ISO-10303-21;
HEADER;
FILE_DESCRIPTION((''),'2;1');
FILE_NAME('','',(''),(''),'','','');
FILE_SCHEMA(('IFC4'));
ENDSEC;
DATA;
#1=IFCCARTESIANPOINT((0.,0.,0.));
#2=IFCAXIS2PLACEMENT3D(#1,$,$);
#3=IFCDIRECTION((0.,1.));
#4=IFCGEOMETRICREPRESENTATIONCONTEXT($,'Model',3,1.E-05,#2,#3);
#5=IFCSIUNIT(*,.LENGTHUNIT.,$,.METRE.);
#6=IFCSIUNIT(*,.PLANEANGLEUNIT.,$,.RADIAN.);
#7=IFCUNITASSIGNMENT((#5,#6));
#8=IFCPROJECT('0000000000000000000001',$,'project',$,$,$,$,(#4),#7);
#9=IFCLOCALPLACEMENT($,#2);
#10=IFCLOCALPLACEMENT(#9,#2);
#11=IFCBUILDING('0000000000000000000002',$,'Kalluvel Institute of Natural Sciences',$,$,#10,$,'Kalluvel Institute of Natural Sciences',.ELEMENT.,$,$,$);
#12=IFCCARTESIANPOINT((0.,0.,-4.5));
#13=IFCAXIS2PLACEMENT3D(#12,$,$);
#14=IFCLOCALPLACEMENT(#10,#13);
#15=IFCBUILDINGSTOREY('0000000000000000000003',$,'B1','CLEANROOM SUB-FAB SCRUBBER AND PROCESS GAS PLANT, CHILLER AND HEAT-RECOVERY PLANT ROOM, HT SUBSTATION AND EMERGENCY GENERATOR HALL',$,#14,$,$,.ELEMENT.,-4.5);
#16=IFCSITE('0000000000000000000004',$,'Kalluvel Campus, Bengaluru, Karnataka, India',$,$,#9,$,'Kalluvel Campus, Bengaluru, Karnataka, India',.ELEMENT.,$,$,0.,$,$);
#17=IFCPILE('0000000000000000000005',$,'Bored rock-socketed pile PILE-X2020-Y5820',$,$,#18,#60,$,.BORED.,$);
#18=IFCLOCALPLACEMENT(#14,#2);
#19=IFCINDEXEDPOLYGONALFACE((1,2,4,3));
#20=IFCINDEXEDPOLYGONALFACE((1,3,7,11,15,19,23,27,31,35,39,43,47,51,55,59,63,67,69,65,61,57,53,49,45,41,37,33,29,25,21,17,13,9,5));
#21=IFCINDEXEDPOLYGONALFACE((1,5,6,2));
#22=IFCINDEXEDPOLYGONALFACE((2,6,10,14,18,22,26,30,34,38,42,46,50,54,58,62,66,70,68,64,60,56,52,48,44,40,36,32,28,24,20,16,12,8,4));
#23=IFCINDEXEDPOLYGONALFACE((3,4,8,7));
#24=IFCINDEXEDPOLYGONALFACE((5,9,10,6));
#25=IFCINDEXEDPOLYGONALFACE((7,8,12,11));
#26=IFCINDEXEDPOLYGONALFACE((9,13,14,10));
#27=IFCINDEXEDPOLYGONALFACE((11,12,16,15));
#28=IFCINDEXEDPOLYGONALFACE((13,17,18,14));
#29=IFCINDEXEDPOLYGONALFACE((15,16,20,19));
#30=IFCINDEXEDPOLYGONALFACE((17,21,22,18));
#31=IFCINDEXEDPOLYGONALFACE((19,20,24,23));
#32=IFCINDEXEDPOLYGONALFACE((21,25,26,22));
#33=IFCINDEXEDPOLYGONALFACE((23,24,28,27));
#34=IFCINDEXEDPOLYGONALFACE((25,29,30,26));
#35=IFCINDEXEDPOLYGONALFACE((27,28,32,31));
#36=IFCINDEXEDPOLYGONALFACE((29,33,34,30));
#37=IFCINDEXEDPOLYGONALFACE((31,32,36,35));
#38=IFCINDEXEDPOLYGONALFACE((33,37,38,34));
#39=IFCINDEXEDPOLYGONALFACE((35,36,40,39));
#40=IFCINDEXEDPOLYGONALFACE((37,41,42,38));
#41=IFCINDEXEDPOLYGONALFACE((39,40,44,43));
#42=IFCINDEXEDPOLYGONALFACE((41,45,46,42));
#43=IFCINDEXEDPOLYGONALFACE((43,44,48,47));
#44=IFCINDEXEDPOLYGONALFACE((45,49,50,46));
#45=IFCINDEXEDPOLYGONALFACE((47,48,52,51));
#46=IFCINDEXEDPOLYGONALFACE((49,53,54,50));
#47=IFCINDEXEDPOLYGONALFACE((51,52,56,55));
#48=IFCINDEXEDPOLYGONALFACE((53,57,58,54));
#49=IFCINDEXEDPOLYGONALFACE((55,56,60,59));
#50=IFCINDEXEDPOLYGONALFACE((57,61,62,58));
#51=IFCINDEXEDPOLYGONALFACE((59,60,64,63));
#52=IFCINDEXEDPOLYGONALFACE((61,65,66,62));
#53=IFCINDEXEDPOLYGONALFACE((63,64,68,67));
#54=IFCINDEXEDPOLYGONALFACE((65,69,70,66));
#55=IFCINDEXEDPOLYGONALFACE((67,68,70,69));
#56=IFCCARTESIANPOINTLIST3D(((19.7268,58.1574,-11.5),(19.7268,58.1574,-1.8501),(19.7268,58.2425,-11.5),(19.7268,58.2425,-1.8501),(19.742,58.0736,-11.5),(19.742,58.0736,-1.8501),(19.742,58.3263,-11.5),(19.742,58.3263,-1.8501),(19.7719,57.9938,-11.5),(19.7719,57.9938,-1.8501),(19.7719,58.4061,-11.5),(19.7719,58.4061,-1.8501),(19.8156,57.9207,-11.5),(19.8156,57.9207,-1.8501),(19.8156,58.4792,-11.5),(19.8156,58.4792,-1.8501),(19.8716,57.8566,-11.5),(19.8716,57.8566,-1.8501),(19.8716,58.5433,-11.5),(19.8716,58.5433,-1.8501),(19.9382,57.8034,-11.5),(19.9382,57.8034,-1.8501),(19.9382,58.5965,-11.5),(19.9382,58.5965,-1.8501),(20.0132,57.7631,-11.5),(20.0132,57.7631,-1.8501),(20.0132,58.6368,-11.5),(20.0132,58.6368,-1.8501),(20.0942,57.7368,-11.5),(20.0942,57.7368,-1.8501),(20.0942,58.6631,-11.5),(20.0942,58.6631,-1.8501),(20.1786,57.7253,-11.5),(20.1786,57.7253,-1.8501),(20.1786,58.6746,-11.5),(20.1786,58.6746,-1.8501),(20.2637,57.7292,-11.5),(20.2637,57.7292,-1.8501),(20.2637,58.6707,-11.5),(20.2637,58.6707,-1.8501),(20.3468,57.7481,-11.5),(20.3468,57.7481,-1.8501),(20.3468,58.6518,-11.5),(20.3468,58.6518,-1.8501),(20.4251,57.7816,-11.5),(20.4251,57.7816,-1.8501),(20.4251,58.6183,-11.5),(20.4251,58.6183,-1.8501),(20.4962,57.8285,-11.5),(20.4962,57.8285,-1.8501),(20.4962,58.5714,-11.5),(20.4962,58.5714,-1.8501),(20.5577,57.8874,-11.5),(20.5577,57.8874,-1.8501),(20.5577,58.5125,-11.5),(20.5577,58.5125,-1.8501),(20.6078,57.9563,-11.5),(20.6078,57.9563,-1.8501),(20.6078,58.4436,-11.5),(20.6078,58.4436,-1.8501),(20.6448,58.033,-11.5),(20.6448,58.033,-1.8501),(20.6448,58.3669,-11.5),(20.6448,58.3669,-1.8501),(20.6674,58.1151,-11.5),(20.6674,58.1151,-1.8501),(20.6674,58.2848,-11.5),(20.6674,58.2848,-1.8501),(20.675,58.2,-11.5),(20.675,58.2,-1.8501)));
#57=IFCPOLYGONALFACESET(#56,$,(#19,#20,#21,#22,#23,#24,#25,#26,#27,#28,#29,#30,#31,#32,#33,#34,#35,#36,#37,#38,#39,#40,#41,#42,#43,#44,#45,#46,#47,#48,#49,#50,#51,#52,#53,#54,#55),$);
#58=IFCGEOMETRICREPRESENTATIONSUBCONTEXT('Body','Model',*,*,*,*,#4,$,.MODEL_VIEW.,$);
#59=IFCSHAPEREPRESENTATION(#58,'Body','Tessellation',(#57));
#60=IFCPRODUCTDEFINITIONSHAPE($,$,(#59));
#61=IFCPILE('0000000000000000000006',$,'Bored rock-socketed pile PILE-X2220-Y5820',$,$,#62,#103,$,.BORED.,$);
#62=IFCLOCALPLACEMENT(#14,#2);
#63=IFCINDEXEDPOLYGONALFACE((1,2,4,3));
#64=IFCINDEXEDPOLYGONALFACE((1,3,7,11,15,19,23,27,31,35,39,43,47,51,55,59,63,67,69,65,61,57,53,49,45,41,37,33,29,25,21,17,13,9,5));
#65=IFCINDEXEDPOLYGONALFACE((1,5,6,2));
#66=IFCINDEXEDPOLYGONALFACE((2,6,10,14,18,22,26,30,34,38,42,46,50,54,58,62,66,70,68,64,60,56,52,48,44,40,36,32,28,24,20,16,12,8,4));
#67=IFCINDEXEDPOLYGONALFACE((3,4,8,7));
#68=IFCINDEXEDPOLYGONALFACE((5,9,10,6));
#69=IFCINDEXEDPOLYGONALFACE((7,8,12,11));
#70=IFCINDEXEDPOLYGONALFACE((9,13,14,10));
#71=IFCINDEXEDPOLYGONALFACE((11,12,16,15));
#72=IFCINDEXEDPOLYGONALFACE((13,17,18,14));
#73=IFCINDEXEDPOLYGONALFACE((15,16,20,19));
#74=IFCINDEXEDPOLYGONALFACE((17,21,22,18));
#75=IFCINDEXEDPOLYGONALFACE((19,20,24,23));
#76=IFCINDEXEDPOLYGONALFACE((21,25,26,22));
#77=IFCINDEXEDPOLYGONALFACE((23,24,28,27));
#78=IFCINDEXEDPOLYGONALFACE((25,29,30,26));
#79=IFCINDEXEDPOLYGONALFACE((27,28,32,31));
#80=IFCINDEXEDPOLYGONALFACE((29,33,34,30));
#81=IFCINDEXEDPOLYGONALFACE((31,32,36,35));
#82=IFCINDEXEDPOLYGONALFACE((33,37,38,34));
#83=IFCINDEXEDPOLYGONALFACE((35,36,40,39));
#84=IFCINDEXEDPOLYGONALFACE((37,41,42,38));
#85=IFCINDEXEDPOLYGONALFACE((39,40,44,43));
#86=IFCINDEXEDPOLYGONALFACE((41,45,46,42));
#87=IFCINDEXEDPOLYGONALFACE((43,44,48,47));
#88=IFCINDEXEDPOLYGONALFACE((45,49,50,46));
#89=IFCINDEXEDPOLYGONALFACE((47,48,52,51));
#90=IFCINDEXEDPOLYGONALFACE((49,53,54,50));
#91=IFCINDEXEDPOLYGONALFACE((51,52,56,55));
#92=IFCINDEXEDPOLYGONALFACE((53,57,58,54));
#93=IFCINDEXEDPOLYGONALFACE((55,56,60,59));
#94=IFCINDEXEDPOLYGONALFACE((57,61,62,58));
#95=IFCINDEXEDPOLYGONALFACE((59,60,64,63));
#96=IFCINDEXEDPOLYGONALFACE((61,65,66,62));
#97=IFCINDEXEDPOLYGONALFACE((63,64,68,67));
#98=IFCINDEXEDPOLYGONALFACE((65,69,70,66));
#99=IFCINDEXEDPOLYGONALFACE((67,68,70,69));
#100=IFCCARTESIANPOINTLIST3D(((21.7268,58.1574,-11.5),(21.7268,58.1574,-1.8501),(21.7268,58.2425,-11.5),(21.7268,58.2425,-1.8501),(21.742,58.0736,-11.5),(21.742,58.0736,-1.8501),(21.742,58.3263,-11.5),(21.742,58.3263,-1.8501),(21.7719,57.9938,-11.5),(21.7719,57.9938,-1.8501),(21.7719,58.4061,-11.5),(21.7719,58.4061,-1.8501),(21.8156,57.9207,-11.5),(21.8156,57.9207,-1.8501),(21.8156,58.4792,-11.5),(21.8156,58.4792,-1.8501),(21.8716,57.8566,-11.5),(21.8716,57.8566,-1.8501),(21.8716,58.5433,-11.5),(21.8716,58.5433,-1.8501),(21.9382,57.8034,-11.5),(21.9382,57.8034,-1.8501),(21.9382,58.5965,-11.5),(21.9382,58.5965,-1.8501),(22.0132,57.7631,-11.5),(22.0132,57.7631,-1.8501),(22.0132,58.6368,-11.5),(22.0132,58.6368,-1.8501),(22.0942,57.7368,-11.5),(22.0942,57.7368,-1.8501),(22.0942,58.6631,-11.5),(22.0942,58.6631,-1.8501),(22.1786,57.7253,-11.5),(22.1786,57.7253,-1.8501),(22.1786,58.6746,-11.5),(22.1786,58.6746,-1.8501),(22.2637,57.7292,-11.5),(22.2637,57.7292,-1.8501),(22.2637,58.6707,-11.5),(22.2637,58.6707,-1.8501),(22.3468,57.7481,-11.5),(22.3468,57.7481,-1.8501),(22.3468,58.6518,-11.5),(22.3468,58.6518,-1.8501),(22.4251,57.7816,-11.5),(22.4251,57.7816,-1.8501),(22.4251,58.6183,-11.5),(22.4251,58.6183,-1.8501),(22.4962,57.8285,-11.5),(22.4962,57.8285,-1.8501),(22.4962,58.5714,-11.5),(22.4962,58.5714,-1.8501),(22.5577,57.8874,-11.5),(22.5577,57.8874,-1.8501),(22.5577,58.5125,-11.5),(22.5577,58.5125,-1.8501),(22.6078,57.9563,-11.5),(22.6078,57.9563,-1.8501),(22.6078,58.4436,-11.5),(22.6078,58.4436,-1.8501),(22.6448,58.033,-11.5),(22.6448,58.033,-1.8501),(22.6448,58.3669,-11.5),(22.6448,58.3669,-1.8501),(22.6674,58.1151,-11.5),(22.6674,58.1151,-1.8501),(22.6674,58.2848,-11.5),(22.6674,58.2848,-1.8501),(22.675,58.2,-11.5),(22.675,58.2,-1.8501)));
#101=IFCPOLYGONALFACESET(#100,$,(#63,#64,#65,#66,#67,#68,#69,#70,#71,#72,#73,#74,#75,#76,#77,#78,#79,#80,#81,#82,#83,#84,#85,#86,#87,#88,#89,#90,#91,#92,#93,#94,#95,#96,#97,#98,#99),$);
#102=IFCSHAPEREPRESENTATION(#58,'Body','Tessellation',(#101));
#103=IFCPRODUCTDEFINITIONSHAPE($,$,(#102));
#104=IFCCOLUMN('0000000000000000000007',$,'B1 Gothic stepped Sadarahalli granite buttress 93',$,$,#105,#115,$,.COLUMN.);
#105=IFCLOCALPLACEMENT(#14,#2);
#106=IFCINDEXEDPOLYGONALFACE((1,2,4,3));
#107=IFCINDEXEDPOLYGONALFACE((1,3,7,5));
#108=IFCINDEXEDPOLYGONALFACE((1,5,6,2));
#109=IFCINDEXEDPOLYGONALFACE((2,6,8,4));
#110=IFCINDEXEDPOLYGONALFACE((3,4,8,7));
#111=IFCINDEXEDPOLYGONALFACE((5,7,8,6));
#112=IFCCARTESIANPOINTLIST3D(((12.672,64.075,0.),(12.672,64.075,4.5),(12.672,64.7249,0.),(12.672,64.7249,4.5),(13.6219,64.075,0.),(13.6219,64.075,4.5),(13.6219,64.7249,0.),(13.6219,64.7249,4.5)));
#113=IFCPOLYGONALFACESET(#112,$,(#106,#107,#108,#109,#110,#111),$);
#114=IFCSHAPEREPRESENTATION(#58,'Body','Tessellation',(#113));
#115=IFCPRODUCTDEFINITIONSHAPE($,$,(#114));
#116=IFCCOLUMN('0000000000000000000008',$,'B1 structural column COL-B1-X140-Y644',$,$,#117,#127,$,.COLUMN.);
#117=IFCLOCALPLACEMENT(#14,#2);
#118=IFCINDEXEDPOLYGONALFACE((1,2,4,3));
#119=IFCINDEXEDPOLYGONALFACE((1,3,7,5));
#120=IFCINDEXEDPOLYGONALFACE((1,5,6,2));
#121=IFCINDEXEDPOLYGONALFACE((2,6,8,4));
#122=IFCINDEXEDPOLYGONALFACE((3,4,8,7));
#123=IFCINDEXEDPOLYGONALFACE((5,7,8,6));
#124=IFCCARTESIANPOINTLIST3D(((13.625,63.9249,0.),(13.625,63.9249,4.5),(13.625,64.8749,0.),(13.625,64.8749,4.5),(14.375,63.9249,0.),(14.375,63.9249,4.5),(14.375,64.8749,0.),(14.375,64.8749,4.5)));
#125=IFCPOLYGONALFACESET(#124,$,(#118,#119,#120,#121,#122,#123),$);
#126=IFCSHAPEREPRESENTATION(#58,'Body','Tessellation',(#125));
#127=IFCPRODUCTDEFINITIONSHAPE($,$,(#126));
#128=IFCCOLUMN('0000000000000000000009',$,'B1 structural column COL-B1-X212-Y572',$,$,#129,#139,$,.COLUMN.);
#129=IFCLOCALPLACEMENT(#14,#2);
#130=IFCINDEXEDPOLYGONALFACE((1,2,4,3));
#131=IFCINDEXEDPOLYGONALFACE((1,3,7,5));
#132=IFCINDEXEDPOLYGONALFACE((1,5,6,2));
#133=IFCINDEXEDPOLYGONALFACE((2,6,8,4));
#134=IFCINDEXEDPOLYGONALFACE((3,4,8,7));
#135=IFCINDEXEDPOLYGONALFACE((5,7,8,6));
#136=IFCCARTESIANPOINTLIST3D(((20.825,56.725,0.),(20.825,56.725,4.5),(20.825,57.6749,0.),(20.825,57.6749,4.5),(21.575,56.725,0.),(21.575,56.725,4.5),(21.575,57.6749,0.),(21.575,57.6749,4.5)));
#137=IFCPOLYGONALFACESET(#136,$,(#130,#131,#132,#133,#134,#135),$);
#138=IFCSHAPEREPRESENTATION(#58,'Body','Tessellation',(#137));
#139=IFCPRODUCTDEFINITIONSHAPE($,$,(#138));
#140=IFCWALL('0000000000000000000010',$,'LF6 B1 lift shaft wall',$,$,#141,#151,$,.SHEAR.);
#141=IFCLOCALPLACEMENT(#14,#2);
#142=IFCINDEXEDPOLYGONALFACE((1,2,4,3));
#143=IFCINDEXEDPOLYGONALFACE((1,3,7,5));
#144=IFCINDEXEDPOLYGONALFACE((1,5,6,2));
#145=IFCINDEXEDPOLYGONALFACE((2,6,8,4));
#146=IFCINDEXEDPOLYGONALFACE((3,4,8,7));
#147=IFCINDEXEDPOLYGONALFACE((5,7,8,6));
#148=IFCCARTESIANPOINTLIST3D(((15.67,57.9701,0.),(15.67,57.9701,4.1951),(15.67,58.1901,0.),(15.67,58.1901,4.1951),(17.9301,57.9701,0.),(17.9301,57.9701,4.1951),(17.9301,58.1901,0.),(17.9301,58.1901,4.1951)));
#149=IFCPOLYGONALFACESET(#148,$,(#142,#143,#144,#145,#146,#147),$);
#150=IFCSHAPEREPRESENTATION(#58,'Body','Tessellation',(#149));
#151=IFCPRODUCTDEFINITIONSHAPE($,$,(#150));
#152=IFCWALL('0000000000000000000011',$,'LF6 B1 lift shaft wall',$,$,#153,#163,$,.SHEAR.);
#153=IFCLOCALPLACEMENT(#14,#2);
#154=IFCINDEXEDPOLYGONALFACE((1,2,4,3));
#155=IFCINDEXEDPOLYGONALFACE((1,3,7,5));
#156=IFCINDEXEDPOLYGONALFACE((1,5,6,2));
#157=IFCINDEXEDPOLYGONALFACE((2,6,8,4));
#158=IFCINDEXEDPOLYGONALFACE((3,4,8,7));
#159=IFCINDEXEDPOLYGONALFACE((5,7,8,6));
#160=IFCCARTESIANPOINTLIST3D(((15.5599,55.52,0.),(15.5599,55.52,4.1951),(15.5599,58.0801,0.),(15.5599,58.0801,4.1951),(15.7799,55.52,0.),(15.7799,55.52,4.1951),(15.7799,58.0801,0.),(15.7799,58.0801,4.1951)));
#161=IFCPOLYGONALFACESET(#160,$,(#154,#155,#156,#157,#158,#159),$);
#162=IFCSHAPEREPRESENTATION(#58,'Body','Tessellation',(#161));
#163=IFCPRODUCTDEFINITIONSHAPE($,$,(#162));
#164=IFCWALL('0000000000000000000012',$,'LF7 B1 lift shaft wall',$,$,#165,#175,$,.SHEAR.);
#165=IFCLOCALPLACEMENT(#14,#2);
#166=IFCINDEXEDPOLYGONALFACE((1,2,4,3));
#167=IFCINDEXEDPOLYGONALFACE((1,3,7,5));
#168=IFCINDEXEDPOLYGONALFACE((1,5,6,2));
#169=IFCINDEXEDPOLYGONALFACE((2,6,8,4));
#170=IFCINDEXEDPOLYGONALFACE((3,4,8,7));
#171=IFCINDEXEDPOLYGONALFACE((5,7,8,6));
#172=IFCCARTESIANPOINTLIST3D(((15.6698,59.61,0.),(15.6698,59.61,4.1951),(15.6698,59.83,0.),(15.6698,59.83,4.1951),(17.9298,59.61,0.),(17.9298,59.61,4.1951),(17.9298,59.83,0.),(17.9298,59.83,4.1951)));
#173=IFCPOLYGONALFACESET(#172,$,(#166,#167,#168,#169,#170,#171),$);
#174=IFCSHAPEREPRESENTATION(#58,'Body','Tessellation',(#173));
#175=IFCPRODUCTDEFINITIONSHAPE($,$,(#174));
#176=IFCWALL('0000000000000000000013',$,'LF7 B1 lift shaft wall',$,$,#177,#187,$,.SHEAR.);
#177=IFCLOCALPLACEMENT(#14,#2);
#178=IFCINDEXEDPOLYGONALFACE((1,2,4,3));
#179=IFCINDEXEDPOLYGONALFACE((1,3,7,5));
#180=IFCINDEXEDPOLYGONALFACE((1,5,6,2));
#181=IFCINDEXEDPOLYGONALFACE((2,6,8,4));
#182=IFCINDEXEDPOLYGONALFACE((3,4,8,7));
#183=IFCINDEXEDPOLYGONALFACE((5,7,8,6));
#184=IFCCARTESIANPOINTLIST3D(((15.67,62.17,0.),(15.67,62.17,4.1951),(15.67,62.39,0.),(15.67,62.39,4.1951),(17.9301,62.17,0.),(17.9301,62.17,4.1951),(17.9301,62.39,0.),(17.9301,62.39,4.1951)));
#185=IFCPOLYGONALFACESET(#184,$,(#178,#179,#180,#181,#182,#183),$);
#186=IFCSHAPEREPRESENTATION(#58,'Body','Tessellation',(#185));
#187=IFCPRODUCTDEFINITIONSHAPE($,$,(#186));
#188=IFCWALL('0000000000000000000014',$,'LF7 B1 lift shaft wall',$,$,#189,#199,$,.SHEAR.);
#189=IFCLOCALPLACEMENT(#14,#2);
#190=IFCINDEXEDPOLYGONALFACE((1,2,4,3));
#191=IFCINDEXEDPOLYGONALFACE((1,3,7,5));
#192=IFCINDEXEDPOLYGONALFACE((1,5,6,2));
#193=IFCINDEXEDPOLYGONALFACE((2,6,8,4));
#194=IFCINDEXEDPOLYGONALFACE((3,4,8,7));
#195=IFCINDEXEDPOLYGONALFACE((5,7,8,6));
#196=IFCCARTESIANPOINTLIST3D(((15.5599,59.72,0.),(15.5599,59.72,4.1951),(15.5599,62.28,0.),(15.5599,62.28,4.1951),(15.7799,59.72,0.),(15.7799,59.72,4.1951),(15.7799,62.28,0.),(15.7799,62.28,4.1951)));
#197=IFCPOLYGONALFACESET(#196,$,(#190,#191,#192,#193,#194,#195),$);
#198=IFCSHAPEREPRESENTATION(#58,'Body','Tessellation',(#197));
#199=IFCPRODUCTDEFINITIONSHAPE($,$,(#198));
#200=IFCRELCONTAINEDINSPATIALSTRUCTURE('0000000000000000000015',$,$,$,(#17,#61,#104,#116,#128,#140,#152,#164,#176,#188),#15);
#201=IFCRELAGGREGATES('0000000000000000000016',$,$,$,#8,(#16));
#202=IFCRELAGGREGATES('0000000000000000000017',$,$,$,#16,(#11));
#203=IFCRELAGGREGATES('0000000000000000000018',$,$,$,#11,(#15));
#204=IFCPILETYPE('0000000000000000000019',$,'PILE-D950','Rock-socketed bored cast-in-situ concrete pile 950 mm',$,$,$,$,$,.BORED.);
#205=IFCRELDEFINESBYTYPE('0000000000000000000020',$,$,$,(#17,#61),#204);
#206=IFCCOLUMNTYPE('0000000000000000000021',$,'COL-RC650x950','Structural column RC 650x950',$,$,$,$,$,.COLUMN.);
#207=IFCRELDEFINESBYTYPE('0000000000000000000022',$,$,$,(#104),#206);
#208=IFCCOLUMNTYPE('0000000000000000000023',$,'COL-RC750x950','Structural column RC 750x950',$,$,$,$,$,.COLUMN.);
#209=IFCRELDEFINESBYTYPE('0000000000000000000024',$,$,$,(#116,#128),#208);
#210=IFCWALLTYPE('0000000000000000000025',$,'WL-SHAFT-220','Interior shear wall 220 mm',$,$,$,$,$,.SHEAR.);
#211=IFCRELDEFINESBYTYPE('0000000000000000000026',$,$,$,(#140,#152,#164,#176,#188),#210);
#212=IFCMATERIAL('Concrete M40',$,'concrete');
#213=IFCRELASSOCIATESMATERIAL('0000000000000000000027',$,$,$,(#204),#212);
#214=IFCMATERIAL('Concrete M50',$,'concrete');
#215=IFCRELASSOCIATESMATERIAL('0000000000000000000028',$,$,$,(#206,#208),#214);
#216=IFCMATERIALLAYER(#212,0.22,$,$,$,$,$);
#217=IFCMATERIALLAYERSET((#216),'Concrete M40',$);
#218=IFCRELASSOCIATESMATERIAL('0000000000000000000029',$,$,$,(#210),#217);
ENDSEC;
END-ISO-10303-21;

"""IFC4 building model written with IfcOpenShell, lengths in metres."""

from ifc_helpers import new_model, si_unit, direction, frame, frame_2d, origin, origin_2d, place, context, subcontext, project, spatial, rectangle, circle, extrude, material, layer, layer_set, material_profile, profile_set, type_object, element, save


model = new_model("IFC4")

# Units and contexts
model_context = context("Model", 3, precision=1e-05, world=origin(), true_north=direction((0.0, 1.0)))
body_context = subcontext(model_context, "Body", "Model", "MODEL_VIEW")
ifc_project = project(units=[si_unit("LENGTHUNIT", "METRE"), si_unit("PLANEANGLEUNIT", "RADIAN")], contexts=[model_context])

# Site, building, storey
site_placement = place(None, origin())
site = spatial("IfcSite", under=ifc_project, at=site_placement, Name="Kalluvel Campus, Bengaluru, Karnataka, India", LongName="Kalluvel Campus, Bengaluru, Karnataka, India", CompositionType="ELEMENT", RefElevation=0.0)
building_placement = place(site_placement, origin())
building = spatial("IfcBuilding", under=site, at=building_placement, Name="Kalluvel Institute of Natural Sciences", LongName="Kalluvel Institute of Natural Sciences", CompositionType="ELEMENT")
storey_placement = place(building_placement, frame((0.0, 0.0, -4.5)))
storey = spatial("IfcBuildingStorey", under=building, at=storey_placement, Name="B1", Description="CLEANROOM SUB-FAB SCRUBBER AND PROCESS GAS PLANT, CHILLER AND HEAT-RECOVERY PLANT ROOM, HT SUBSTATION AND EMERGENCY GENERATOR HALL", CompositionType="ELEMENT", Elevation=-4.5)

# Shared definitions
ifc_material_1 = material(Name="Concrete M40", Category="concrete")

# Piles
ifc_material_profile_1 = material_profile(ifc_material_1, circle(Radius=0.4751, at=origin_2d()), Name="PILE D950")
ifc_profile_set_1 = profile_set([ifc_material_profile_1], Name="Concrete M40")
pile_type_1 = type_object("IfcPileType", Name="PILE-D950", Description="Rock-socketed bored cast-in-situ concrete pile 950 mm", PredefinedType="BORED", material=ifc_profile_set_1)
for number, where, z_axis, x_axis, name in (
    (1, (20.2, 58.2, -1.8501), (0.0, 0.0, -1.0), (1.0, 0.0, 0.0), "Bored rock-socketed pile PILE-X2020-Y5820"),
    (2, (22.2, 58.2, -1.8501), (0.0, 0.0, -1.0), (1.0, 0.0, 0.0), "Bored rock-socketed pile PILE-X2220-Y5820"),
):
    element("IfcPile", number, at=place(storey_placement, frame(where, z_axis=z_axis, x_axis=x_axis)), inside=storey, type_object=pile_type_1, Name=name, PredefinedType="BORED", context=body_context, shape_type="SweptSolid", body=[
        extrude(circle(Radius=0.4751, at=origin_2d()), origin(), (0.0, 0.0, 1.0), 9.6499),
    ])

# Columns
ifc_material_2 = material(Name="Concrete M50", Category="concrete")
ifc_material_profile_2 = material_profile(ifc_material_2, rectangle(XDim=0.6499, YDim=0.95, at=origin_2d()), Name="RC 650x950")
ifc_profile_set_2 = profile_set([ifc_material_profile_2], Name="Concrete M50")
column_type_1 = type_object("IfcColumnType", Name="COL-RC650x950", Description="Structural column RC 650x950", PredefinedType="COLUMN", material=ifc_profile_set_2)
column_placement = place(storey_placement, frame((13.147, 64.3999, 0.0), z_axis=(0.0, 0.0, 1.0), x_axis=(0.0, 1.0, 0.0)))
element("IfcColumn", 3, at=column_placement, inside=storey, type_object=column_type_1, Name="B1 Gothic stepped Sadarahalli granite buttress 93", PredefinedType="COLUMN", context=body_context, shape_type="SweptSolid", body=[
    extrude(rectangle(XDim=0.6499, YDim=0.95, at=origin_2d()), origin(), (0.0, 0.0, 1.0), 4.5),
])
ifc_material_profile_3 = material_profile(ifc_material_2, rectangle(XDim=0.75, YDim=0.95, at=origin_2d()), Name="RC 750x950")
ifc_profile_set_3 = profile_set([ifc_material_profile_3], Name="Concrete M50")
column_type_2 = type_object("IfcColumnType", Name="COL-RC750x950", Description="Structural column RC 750x950", PredefinedType="COLUMN", material=ifc_profile_set_3)
for number, where, z_axis, x_axis, name in (
    (4, (14.0, 64.3999, 0.0), (0.0, 0.0, 1.0), (1.0, 0.0, 0.0), "B1 structural column COL-B1-X140-Y644"),
    (5, (21.2, 57.2, 0.0), (0.0, 0.0, 1.0), (1.0, 0.0, 0.0), "B1 structural column COL-B1-X212-Y572"),
):
    element("IfcColumn", number, at=place(storey_placement, frame(where, z_axis=z_axis, x_axis=x_axis)), inside=storey, type_object=column_type_2, Name=name, PredefinedType="COLUMN", context=body_context, shape_type="SweptSolid", body=[
        extrude(rectangle(XDim=0.75, YDim=0.95, at=origin_2d()), origin(), (0.0, 0.0, 1.0), 4.5),
    ])

# Walls
ifc_layer = layer(ifc_material_1, 0.22)
ifc_layer_set = layer_set([ifc_layer], Name="Concrete M40")
wall_type = type_object("IfcWallType", Name="WL-SHAFT-220", Description="Interior shear wall 220 mm", PredefinedType="SHEAR", material=ifc_layer_set)
wall_1_placement = place(storey_placement, frame((17.9299, 58.0801, 0.0), z_axis=(0.0, 0.0, 1.0), x_axis=(-1.0, 0.0, 0.0)))
element("IfcWall", 6, at=wall_1_placement, inside=storey, type_object=wall_type, Name="LF6 B1 lift shaft wall", PredefinedType="SHEAR", context=body_context, shape_type="SweptSolid", body=[
    extrude(rectangle(XDim=2.26, YDim=0.22, at=frame_2d((1.1299, 0.0))), origin(), (0.0, 0.0, 1.0), 4.1951),
])
wall_2_placement = place(storey_placement, frame((15.6699, 58.0801, 0.0), z_axis=(0.0, 0.0, 1.0), x_axis=(0.0, -1.0, 0.0)))
element("IfcWall", 7, at=wall_2_placement, inside=storey, type_object=wall_type, Name="LF6 B1 lift shaft wall", PredefinedType="SHEAR", context=body_context, shape_type="SweptSolid", body=[
    extrude(rectangle(XDim=2.5601, YDim=0.22, at=frame_2d((1.28, 0.0))), origin(), (0.0, 0.0, 1.0), 4.1951),
])
wall_3_placement = place(storey_placement, frame((15.6699, 59.72, 0.0), z_axis=(0.0, 0.0, 1.0), x_axis=(1.0, 0.0, 0.0)))
element("IfcWall", 8, at=wall_3_placement, inside=storey, type_object=wall_type, Name="LF7 B1 lift shaft wall", PredefinedType="SHEAR", context=body_context, shape_type="SweptSolid", body=[
    extrude(rectangle(XDim=2.26, YDim=0.22, at=frame_2d((1.1299, 0.0))), origin(), (0.0, 0.0, 1.0), 4.1951),
])

# Walls
wall_4_placement = place(storey_placement, frame((17.9299, 62.28, 0.0), z_axis=(0.0, 0.0, 1.0), x_axis=(-1.0, 0.0, 0.0)))
element("IfcWall", 9, at=wall_4_placement, inside=storey, type_object=wall_type, Name="LF7 B1 lift shaft wall", PredefinedType="SHEAR", context=body_context, shape_type="SweptSolid", body=[
    extrude(rectangle(XDim=2.26, YDim=0.22, at=frame_2d((1.1299, 0.0))), origin(), (0.0, 0.0, 1.0), 4.1951),
])
wall_5_placement = place(storey_placement, frame((15.6699, 62.28, 0.0), z_axis=(0.0, 0.0, 1.0), x_axis=(0.0, -1.0, 0.0)))
element("IfcWall", 10, at=wall_5_placement, inside=storey, type_object=wall_type, Name="LF7 B1 lift shaft wall", PredefinedType="SHEAR", context=body_context, shape_type="SweptSolid", body=[
    extrude(rectangle(XDim=2.5601, YDim=0.22, at=frame_2d((1.28, 0.0))), origin(), (0.0, 0.0, 1.0), 4.1951),
])

save(model, "model.ifc")
